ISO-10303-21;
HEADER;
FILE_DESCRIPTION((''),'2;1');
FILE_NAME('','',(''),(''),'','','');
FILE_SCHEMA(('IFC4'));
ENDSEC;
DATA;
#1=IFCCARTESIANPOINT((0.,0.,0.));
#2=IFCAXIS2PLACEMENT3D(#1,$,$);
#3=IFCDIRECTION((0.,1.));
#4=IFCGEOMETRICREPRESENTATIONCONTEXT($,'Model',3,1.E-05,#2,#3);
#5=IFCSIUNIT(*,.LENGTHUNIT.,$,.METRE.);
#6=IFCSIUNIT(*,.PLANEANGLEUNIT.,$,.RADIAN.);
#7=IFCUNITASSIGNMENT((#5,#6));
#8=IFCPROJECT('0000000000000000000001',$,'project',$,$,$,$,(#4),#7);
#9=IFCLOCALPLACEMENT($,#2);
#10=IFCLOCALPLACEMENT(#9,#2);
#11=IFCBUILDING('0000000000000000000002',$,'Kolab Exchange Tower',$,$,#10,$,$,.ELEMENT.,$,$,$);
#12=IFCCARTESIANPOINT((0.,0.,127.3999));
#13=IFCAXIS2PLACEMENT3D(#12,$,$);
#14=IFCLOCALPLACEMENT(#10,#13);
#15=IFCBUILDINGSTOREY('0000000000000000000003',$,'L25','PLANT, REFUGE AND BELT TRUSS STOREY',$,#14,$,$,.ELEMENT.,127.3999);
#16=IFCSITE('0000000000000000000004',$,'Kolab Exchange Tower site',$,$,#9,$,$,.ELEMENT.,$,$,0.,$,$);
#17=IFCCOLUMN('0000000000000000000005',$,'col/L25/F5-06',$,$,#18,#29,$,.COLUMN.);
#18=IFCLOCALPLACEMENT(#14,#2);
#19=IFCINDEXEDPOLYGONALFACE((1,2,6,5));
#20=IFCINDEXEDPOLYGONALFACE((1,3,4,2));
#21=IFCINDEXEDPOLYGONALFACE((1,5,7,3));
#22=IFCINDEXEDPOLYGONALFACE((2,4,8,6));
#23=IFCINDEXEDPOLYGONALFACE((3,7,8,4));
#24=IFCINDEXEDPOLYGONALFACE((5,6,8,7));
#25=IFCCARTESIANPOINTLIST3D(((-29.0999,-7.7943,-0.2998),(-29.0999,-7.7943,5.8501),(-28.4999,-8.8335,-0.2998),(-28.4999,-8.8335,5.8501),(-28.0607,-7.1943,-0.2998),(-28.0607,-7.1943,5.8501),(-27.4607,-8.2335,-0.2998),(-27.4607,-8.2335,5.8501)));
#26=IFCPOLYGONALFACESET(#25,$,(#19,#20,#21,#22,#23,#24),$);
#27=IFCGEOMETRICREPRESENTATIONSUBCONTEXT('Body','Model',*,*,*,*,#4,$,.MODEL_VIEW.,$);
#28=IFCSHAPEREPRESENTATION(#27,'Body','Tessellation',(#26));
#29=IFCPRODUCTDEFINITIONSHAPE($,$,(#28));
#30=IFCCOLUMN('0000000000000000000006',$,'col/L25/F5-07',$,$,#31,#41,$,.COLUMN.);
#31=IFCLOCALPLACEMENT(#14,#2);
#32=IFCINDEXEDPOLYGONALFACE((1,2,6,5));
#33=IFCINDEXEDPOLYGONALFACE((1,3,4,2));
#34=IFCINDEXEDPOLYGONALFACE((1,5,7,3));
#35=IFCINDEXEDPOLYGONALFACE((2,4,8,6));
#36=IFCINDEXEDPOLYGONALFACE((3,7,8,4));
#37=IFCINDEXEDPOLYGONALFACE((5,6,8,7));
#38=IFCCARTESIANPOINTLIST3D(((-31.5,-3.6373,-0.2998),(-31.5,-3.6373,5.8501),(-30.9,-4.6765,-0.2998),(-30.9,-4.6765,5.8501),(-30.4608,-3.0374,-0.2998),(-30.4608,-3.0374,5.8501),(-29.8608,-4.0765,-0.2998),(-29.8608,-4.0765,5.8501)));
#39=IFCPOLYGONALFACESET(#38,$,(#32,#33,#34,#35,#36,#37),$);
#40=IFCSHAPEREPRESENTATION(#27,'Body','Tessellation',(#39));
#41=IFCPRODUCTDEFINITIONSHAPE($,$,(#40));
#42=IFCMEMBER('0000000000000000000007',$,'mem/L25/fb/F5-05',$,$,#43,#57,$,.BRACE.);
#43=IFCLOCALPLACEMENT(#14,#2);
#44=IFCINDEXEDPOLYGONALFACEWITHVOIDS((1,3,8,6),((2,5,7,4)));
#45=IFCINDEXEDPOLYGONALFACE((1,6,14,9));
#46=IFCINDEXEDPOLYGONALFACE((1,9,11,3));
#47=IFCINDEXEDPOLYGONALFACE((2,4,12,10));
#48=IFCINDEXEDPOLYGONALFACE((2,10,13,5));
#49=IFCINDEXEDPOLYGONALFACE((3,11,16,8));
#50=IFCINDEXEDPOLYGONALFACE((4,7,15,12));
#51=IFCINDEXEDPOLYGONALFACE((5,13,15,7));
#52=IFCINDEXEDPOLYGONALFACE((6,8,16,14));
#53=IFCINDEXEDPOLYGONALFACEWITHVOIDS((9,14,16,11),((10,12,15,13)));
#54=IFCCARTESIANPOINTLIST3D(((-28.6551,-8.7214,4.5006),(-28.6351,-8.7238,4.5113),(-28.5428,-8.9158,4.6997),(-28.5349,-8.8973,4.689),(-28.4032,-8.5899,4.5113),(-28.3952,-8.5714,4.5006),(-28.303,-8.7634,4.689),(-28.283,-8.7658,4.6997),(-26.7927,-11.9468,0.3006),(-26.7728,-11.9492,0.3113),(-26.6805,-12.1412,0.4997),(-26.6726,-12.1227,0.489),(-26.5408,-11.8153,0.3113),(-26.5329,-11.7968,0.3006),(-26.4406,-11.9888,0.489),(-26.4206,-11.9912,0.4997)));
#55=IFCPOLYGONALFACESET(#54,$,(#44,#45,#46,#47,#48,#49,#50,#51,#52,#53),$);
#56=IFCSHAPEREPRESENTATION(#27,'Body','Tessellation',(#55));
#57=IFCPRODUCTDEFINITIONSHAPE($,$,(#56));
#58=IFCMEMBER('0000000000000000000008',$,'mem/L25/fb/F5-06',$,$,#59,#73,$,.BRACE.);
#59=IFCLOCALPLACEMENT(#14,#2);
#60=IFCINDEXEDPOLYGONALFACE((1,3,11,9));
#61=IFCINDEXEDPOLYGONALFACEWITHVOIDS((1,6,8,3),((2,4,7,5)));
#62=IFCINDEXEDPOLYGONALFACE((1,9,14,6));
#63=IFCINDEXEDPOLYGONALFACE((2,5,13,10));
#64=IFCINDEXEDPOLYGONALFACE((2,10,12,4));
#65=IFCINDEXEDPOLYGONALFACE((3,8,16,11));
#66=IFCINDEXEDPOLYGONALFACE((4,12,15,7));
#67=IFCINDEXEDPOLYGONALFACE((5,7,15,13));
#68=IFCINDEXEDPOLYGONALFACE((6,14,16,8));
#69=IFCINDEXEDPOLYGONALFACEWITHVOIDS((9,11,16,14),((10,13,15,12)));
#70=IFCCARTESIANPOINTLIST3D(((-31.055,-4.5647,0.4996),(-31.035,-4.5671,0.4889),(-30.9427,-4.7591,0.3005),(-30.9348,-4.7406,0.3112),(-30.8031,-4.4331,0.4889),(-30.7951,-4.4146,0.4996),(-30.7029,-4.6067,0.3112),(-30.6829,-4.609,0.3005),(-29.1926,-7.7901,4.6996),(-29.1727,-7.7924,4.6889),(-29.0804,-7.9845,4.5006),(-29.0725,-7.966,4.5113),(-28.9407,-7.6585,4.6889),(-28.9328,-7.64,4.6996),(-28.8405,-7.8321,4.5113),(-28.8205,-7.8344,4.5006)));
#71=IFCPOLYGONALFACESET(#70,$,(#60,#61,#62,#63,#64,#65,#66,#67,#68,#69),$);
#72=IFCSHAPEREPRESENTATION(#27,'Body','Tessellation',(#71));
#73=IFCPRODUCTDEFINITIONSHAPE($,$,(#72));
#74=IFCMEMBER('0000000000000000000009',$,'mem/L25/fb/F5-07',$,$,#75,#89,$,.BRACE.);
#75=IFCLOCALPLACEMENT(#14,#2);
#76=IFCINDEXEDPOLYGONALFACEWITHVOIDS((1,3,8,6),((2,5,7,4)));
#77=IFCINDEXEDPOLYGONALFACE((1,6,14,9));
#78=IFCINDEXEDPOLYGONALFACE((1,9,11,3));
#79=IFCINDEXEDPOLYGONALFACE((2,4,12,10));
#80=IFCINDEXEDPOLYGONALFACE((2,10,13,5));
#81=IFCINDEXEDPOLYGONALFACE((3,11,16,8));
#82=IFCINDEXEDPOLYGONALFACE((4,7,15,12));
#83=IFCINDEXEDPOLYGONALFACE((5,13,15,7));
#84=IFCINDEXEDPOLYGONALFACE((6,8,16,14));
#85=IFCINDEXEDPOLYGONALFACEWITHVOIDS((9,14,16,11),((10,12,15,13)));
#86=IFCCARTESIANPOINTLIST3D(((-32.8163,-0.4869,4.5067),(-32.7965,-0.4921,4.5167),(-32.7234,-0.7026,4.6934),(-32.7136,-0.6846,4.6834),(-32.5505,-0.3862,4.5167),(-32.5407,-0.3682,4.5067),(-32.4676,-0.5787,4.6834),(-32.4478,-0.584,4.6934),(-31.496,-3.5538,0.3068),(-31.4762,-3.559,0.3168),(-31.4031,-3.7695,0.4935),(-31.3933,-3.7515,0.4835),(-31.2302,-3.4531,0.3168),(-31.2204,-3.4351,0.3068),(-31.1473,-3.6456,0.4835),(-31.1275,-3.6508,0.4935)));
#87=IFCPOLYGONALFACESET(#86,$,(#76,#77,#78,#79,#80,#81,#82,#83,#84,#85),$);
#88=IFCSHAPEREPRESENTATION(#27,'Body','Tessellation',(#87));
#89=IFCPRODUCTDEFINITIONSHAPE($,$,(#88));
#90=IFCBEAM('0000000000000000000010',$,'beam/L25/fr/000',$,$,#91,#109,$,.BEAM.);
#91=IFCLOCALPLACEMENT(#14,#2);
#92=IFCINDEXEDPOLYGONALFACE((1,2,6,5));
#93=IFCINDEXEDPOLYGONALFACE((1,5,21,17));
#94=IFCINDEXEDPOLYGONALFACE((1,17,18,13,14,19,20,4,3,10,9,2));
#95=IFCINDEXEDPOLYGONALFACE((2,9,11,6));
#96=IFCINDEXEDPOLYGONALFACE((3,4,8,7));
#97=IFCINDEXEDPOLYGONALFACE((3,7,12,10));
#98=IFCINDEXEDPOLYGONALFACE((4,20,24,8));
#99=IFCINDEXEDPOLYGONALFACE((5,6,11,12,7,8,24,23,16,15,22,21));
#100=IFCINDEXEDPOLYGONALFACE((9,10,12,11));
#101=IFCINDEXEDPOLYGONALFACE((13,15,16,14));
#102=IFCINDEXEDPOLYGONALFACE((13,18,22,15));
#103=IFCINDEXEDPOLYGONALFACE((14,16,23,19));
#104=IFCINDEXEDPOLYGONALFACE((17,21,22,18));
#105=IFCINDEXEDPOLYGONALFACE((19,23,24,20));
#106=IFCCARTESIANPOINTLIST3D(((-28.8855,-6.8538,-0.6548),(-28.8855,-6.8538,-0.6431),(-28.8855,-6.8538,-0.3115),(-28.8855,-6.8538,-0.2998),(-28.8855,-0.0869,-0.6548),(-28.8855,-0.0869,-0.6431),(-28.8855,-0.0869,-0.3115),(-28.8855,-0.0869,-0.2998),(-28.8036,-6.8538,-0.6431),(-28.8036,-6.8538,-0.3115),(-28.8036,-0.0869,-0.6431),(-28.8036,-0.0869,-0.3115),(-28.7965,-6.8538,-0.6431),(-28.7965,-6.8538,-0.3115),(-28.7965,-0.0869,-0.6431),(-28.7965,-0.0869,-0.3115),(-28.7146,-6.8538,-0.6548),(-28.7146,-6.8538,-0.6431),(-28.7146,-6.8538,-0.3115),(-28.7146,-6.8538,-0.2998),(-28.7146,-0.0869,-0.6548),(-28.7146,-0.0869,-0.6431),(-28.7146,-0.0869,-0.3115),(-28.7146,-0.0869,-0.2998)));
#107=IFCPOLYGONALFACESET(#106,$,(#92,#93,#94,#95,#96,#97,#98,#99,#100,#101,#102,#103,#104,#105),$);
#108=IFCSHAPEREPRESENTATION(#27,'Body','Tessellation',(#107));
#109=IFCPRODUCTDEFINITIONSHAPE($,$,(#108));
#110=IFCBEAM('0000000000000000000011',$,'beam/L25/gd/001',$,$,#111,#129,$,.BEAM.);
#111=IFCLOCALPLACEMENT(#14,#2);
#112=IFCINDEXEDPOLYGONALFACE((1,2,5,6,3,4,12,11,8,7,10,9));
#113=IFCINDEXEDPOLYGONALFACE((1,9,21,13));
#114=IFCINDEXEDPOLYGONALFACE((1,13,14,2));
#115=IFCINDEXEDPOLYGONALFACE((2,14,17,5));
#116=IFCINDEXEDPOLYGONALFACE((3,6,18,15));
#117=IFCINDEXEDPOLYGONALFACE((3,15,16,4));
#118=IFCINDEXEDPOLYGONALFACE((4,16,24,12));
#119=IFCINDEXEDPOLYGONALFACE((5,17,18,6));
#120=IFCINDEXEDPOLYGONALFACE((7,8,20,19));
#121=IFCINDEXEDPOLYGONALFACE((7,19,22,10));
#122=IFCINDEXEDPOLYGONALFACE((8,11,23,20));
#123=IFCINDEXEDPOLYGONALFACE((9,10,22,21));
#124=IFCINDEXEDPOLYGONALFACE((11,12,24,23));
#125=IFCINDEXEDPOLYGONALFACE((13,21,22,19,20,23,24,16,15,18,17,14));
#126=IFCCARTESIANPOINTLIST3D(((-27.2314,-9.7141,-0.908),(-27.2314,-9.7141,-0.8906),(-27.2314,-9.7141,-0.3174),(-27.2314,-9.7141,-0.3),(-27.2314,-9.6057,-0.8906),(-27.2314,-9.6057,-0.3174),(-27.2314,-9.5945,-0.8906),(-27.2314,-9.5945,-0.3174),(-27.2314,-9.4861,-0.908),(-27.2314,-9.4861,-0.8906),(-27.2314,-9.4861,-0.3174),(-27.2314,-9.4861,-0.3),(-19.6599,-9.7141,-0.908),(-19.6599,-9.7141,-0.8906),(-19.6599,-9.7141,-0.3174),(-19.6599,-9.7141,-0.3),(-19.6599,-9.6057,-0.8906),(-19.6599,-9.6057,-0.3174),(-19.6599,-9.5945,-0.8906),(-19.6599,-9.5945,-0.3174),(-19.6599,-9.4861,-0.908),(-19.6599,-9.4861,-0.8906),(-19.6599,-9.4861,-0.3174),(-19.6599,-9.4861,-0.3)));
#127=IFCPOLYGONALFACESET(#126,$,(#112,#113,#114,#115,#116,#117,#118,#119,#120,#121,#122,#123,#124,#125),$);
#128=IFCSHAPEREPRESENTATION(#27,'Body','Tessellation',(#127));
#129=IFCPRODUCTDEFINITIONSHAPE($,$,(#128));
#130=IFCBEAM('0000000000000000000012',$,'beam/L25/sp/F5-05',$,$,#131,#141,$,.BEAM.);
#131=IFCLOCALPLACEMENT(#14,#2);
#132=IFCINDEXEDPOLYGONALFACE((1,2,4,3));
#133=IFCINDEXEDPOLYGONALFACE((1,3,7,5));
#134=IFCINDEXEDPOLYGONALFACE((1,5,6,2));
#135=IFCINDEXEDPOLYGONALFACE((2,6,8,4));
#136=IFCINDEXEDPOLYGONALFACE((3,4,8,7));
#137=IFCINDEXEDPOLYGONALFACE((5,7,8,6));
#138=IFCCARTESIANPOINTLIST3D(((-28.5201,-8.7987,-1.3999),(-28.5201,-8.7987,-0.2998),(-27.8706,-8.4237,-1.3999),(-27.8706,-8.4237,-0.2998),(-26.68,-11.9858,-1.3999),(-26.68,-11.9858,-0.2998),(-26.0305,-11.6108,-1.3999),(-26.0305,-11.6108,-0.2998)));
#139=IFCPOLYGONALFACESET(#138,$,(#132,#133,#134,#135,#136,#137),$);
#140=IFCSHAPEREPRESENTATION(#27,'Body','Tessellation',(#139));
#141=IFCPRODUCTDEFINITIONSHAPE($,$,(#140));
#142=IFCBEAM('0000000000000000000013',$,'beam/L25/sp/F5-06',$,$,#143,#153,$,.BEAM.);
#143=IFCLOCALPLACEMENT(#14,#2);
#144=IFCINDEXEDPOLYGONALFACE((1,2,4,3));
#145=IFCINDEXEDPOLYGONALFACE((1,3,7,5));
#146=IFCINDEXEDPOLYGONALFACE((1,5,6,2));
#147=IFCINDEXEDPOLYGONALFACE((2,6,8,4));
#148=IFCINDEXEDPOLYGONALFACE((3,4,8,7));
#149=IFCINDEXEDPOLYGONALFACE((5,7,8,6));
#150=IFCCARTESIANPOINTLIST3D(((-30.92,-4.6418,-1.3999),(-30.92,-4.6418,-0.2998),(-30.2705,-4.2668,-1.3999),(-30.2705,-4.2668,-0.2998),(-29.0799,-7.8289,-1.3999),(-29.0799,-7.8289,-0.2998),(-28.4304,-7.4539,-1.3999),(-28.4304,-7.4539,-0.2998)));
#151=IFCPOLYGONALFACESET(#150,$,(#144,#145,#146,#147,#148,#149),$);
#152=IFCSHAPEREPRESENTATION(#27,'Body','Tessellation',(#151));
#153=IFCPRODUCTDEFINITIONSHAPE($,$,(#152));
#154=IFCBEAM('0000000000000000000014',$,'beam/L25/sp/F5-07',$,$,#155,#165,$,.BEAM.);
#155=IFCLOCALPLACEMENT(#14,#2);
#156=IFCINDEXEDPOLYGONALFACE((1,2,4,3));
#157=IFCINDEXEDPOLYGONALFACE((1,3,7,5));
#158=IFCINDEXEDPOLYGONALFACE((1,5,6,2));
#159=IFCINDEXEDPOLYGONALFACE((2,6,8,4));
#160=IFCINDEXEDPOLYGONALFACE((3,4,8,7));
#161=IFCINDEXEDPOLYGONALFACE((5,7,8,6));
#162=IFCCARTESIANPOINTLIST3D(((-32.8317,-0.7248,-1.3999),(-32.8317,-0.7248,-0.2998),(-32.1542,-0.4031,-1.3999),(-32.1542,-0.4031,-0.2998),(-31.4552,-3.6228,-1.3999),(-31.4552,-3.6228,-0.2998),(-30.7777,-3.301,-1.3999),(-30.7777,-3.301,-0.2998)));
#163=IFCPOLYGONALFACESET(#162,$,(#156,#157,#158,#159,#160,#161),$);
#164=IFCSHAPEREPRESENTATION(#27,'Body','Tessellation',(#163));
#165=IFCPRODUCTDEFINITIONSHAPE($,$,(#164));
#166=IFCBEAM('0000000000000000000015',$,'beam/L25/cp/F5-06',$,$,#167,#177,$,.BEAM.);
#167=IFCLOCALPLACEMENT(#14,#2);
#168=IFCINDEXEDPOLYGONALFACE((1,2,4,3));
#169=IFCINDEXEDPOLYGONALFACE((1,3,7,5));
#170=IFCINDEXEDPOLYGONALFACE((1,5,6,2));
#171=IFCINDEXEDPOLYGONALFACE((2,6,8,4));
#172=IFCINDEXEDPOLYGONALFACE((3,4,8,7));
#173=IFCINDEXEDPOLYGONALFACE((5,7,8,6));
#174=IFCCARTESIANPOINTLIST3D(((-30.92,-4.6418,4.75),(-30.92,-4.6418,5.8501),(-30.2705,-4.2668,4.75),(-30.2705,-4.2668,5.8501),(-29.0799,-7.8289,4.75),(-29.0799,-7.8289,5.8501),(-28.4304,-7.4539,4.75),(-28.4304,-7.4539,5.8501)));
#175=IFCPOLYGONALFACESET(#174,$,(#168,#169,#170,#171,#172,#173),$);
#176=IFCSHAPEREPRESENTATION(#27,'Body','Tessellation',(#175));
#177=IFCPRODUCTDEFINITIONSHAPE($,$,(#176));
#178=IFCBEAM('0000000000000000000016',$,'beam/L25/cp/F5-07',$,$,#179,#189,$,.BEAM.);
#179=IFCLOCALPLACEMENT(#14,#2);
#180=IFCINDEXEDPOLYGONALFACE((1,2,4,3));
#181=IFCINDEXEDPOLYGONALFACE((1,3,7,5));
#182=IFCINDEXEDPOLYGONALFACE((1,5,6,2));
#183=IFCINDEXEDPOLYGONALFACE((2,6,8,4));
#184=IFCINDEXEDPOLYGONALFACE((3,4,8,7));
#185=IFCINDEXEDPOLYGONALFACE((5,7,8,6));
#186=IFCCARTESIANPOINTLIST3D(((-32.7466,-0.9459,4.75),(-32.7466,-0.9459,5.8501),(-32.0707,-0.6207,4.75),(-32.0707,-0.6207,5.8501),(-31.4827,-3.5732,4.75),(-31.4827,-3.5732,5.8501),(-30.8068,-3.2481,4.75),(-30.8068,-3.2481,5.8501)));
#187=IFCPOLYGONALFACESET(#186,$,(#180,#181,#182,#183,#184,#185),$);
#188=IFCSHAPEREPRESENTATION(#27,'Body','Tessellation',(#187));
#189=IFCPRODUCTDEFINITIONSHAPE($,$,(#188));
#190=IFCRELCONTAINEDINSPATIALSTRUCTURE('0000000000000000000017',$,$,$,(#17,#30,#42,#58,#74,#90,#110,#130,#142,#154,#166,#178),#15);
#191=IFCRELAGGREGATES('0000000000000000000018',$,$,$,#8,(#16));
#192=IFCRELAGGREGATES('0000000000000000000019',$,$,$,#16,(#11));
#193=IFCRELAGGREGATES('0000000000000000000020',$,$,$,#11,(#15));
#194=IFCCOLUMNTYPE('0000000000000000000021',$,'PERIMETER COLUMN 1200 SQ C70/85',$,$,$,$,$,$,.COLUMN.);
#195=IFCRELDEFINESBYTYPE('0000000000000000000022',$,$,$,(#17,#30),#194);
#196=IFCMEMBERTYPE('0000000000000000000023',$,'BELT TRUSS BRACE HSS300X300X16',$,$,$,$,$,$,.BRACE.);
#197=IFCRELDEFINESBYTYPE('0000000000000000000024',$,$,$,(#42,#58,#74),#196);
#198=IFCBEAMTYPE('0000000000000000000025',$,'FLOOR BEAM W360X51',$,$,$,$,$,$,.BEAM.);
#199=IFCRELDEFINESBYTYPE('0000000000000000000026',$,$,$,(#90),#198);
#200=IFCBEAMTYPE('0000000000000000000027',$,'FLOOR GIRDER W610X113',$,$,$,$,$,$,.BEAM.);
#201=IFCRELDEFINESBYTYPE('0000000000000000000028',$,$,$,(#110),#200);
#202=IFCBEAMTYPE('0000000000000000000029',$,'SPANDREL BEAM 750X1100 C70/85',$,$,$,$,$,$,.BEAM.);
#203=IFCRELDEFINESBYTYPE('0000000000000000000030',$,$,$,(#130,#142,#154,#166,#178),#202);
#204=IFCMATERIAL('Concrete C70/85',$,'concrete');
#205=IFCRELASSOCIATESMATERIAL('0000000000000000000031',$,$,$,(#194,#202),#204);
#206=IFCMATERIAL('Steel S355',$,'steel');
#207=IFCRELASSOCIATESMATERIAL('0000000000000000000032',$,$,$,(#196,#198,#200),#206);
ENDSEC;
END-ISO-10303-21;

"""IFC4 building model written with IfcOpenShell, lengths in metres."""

from ifc_helpers import new_model, si_unit, direction, frame, origin, origin_2d, place, context, subcontext, project, spatial, rectangle, hollow_rectangle, i_section, extrude, material, material_profile, profile_set, type_object, element, save


model = new_model("IFC4")

# Units and contexts
model_context = context("Model", 3, precision=1e-05, world=origin(), true_north=direction((0.0, 1.0)))
body_context = subcontext(model_context, "Body", "Model", "MODEL_VIEW")
ifc_project = project(units=[si_unit("LENGTHUNIT", "METRE"), si_unit("PLANEANGLEUNIT", "RADIAN")], contexts=[model_context])

# Site, building, storey
site_placement = place(None, origin())
site = spatial("IfcSite", under=ifc_project, at=site_placement, Name="Kolab Exchange Tower site", CompositionType="ELEMENT", RefElevation=0.0)
building_placement = place(site_placement, origin())
building = spatial("IfcBuilding", under=site, at=building_placement, Name="Kolab Exchange Tower", CompositionType="ELEMENT")
storey_placement = place(building_placement, frame((0.0, 0.0, 127.3999)))
storey = spatial("IfcBuildingStorey", under=building, at=storey_placement, Name="L25", Description="PLANT, REFUGE AND BELT TRUSS STOREY", CompositionType="ELEMENT", Elevation=127.3999)

# Columns
ifc_material_1 = material(Name="Concrete C70/85", Category="concrete")
ifc_material_profile_1 = material_profile(ifc_material_1, rectangle(XDim=1.2, YDim=1.2, at=origin_2d()), Name="RC1200")
ifc_profile_set_1 = profile_set([ifc_material_profile_1], Name="Concrete C70/85")
column_type = type_object("IfcColumnType", Name="PERIMETER COLUMN 1200 SQ C70/85", PredefinedType="COLUMN", material=ifc_profile_set_1)
for number, where, z_axis, x_axis, name in (
    (1, (-28.2803, -8.0139, -0.2998), (0.0, 0.0, 1.0), (0.866025, 0.5, 0.0), "col/L25/F5-06"),
    (2, (-30.6804, -3.8569, -0.2998), (0.0, 0.0, 1.0), (0.866025, 0.5, 0.0), "col/L25/F5-07"),
):
    element("IfcColumn", number, at=place(storey_placement, frame(where, z_axis=z_axis, x_axis=x_axis)), inside=storey, type_object=column_type, Name=name, PredefinedType="COLUMN", context=body_context, shape_type="SweptSolid", body=[
        extrude(rectangle(XDim=1.2, YDim=1.2, at=origin_2d()), origin(), (0.0, 0.0, 1.0), 6.1499),
    ])

# Members
ifc_material_2 = material(Name="Steel S355", Category="steel")
ifc_material_profile_2 = material_profile(ifc_material_2, hollow_rectangle(XDim=0.3, YDim=0.3, WallThickness=0.0161, at=origin_2d()), Name="HSS300X300X16")
ifc_profile_set_2 = profile_set([ifc_material_profile_2], Name="Steel S355")
member_type_1 = type_object("IfcMemberType", Name="BELT TRUSS BRACE HSS300X300X16", PredefinedType="BRACE", material=ifc_profile_set_2)
for number, where, z_axis, x_axis, name in (
    (3, (-26.6067, -11.969, 0.4001), (-0.331759, 0.574576, 0.748197), (-0.866008, -0.500031, 0.0), "mem/L25/fb/F5-05"),
    (4, (-29.0066, -7.8123, 4.6001), (-0.331759, 0.574576, -0.748197), (-0.866008, -0.500031, 0.0), "mem/L25/fb/F5-06"),
):
    element("IfcMember", number, at=place(storey_placement, frame(where, z_axis=z_axis, x_axis=x_axis)), inside=storey, type_object=member_type_1, Name=name, PredefinedType="BRACE", context=body_context, shape_type="SweptSolid", body=[
        extrude(hollow_rectangle(XDim=0.3, YDim=0.3, WallThickness=0.0161, at=origin_2d()), origin(), (0.0, 0.0, 1.0), 5.6135),
    ])
member_1_placement = place(storey_placement, frame((-31.3118, -3.6023, 0.4001), z_axis=(-0.246074, 0.571595, 0.782769), x_axis=(-0.918501, -0.395419, 0.0)))
element("IfcMember", 5, at=member_1_placement, inside=storey, type_object=member_type_1, Name="mem/L25/fb/F5-07", PredefinedType="BRACE", context=body_context, shape_type="SweptSolid", body=[
    extrude(hollow_rectangle(XDim=0.3, YDim=0.3, WallThickness=0.0161, at=origin_2d()), origin(), (0.0, 0.0, 1.0), 5.3655),
])

# Beams
ifc_material_profile_3 = material_profile(ifc_material_2, i_section(OverallWidth=0.1709, OverallDepth=0.355, WebThickness=0.0071, FlangeThickness=0.0117, at=origin_2d()), Name="W360X51")
ifc_profile_set_3 = profile_set([ifc_material_profile_3], Name="Steel S355")
beam_type_1 = type_object("IfcBeamType", Name="FLOOR BEAM W360X51", PredefinedType="BEAM", material=ifc_profile_set_3)
beam_1_placement = place(storey_placement, frame((-28.8, -6.8538, -0.4773), z_axis=(0.0, 1.0, 0.0), x_axis=(-1.0, 0.0, 0.0)))
element("IfcBeam", 6, at=beam_1_placement, inside=storey, type_object=beam_type_1, Name="beam/L25/fr/000", PredefinedType="BEAM", context=body_context, shape_type="SweptSolid", body=[
    extrude(i_section(OverallWidth=0.1709, OverallDepth=0.355, WebThickness=0.0071, FlangeThickness=0.0117, at=origin_2d()), origin(), (0.0, 0.0, 1.0), 6.7668),
])
ifc_material_profile_4 = material_profile(ifc_material_2, i_section(OverallWidth=0.228, OverallDepth=0.6079, WebThickness=0.0112, FlangeThickness=0.0173, at=origin_2d()), Name="W610X113")
ifc_profile_set_4 = profile_set([ifc_material_profile_4], Name="Steel S355")
beam_type_2 = type_object("IfcBeamType", Name="FLOOR GIRDER W610X113", PredefinedType="BEAM", material=ifc_profile_set_4)
beam_2_placement = place(storey_placement, frame((-27.2314, -9.6001, -0.604), z_axis=(1.0, 0.0, 0.0), x_axis=(0.0, 1.0, 0.0)))
element("IfcBeam", 7, at=beam_2_placement, inside=storey, type_object=beam_type_2, Name="beam/L25/gd/001", PredefinedType="BEAM", context=body_context, shape_type="SweptSolid", body=[
    extrude(i_section(OverallWidth=0.228, OverallDepth=0.6079, WebThickness=0.0112, FlangeThickness=0.0173, at=origin_2d()), origin(), (0.0, 0.0, 1.0), 7.5715),
])
ifc_material_profile_5 = material_profile(ifc_material_1, rectangle(XDim=0.75, YDim=1.1001, at=origin_2d()), Name="RC750X1100")
ifc_profile_set_5 = profile_set([ifc_material_profile_5], Name="Concrete C70/85")
beam_type_3 = type_object("IfcBeamType", Name="SPANDREL BEAM 750X1100 C70/85", PredefinedType="BEAM", material=ifc_profile_set_5)
for number, where, z_axis, x_axis, name in (
    (8, (-26.3552, -11.7983, -0.8499), (-0.500013, 0.866018, 0.0), (-0.866018, -0.500013, 0.0), "beam/L25/sp/F5-05"),
    (9, (-28.7551, -7.6414, -0.8499), (-0.500013, 0.866018, 0.0), (-0.866018, -0.500013, 0.0), "beam/L25/sp/F5-06"),
):
    element("IfcBeam", number, at=place(storey_placement, frame(where, z_axis=z_axis, x_axis=x_axis)), inside=storey, type_object=beam_type_3, Name=name, PredefinedType="BEAM", context=body_context, shape_type="SweptSolid", body=[
        extrude(rectangle(XDim=0.75, YDim=1.1001, at=origin_2d()), origin(), (0.0, 0.0, 1.0), 3.6802),
    ])
beam_3_placement = place(storey_placement, frame((-31.1165, -3.4619, -0.8499), z_axis=(-0.429041, 0.903285, 0.0), x_axis=(-0.903285, -0.429041, 0.0)))
element("IfcBeam", 10, at=beam_3_placement, inside=storey, type_object=beam_type_3, Name="beam/L25/sp/F5-07", PredefinedType="BEAM", context=body_context, shape_type="SweptSolid", body=[
    extrude(rectangle(XDim=0.75, YDim=1.1001, at=origin_2d()), origin(), (0.0, 0.0, 1.0), 3.2083),
])
beam_4_placement = place(storey_placement, frame((-28.7551, -7.6414, 5.3), z_axis=(-0.500013, 0.866018, 0.0), x_axis=(-0.866018, -0.500013, 0.0)))
element("IfcBeam", 11, at=beam_4_placement, inside=storey, type_object=beam_type_3, Name="beam/L25/cp/F5-06", PredefinedType="BEAM", context=body_context, shape_type="SweptSolid", body=[
    extrude(rectangle(XDim=0.75, YDim=1.1001, at=origin_2d()), origin(), (0.0, 0.0, 1.0), 3.6802),
])
beam_5_placement = place(storey_placement, frame((-31.1448, -3.4106, 5.3), z_axis=(-0.433496, 0.901156, 0.0), x_axis=(-0.901156, -0.433496, 0.0)))
element("IfcBeam", 12, at=beam_5_placement, inside=storey, type_object=beam_type_3, Name="beam/L25/cp/F5-07", PredefinedType="BEAM", context=body_context, shape_type="SweptSolid", body=[
    extrude(rectangle(XDim=0.75, YDim=1.1001, at=origin_2d()), origin(), (0.0, 0.0, 1.0), 2.9155),
])

save(model, "model.ifc")
